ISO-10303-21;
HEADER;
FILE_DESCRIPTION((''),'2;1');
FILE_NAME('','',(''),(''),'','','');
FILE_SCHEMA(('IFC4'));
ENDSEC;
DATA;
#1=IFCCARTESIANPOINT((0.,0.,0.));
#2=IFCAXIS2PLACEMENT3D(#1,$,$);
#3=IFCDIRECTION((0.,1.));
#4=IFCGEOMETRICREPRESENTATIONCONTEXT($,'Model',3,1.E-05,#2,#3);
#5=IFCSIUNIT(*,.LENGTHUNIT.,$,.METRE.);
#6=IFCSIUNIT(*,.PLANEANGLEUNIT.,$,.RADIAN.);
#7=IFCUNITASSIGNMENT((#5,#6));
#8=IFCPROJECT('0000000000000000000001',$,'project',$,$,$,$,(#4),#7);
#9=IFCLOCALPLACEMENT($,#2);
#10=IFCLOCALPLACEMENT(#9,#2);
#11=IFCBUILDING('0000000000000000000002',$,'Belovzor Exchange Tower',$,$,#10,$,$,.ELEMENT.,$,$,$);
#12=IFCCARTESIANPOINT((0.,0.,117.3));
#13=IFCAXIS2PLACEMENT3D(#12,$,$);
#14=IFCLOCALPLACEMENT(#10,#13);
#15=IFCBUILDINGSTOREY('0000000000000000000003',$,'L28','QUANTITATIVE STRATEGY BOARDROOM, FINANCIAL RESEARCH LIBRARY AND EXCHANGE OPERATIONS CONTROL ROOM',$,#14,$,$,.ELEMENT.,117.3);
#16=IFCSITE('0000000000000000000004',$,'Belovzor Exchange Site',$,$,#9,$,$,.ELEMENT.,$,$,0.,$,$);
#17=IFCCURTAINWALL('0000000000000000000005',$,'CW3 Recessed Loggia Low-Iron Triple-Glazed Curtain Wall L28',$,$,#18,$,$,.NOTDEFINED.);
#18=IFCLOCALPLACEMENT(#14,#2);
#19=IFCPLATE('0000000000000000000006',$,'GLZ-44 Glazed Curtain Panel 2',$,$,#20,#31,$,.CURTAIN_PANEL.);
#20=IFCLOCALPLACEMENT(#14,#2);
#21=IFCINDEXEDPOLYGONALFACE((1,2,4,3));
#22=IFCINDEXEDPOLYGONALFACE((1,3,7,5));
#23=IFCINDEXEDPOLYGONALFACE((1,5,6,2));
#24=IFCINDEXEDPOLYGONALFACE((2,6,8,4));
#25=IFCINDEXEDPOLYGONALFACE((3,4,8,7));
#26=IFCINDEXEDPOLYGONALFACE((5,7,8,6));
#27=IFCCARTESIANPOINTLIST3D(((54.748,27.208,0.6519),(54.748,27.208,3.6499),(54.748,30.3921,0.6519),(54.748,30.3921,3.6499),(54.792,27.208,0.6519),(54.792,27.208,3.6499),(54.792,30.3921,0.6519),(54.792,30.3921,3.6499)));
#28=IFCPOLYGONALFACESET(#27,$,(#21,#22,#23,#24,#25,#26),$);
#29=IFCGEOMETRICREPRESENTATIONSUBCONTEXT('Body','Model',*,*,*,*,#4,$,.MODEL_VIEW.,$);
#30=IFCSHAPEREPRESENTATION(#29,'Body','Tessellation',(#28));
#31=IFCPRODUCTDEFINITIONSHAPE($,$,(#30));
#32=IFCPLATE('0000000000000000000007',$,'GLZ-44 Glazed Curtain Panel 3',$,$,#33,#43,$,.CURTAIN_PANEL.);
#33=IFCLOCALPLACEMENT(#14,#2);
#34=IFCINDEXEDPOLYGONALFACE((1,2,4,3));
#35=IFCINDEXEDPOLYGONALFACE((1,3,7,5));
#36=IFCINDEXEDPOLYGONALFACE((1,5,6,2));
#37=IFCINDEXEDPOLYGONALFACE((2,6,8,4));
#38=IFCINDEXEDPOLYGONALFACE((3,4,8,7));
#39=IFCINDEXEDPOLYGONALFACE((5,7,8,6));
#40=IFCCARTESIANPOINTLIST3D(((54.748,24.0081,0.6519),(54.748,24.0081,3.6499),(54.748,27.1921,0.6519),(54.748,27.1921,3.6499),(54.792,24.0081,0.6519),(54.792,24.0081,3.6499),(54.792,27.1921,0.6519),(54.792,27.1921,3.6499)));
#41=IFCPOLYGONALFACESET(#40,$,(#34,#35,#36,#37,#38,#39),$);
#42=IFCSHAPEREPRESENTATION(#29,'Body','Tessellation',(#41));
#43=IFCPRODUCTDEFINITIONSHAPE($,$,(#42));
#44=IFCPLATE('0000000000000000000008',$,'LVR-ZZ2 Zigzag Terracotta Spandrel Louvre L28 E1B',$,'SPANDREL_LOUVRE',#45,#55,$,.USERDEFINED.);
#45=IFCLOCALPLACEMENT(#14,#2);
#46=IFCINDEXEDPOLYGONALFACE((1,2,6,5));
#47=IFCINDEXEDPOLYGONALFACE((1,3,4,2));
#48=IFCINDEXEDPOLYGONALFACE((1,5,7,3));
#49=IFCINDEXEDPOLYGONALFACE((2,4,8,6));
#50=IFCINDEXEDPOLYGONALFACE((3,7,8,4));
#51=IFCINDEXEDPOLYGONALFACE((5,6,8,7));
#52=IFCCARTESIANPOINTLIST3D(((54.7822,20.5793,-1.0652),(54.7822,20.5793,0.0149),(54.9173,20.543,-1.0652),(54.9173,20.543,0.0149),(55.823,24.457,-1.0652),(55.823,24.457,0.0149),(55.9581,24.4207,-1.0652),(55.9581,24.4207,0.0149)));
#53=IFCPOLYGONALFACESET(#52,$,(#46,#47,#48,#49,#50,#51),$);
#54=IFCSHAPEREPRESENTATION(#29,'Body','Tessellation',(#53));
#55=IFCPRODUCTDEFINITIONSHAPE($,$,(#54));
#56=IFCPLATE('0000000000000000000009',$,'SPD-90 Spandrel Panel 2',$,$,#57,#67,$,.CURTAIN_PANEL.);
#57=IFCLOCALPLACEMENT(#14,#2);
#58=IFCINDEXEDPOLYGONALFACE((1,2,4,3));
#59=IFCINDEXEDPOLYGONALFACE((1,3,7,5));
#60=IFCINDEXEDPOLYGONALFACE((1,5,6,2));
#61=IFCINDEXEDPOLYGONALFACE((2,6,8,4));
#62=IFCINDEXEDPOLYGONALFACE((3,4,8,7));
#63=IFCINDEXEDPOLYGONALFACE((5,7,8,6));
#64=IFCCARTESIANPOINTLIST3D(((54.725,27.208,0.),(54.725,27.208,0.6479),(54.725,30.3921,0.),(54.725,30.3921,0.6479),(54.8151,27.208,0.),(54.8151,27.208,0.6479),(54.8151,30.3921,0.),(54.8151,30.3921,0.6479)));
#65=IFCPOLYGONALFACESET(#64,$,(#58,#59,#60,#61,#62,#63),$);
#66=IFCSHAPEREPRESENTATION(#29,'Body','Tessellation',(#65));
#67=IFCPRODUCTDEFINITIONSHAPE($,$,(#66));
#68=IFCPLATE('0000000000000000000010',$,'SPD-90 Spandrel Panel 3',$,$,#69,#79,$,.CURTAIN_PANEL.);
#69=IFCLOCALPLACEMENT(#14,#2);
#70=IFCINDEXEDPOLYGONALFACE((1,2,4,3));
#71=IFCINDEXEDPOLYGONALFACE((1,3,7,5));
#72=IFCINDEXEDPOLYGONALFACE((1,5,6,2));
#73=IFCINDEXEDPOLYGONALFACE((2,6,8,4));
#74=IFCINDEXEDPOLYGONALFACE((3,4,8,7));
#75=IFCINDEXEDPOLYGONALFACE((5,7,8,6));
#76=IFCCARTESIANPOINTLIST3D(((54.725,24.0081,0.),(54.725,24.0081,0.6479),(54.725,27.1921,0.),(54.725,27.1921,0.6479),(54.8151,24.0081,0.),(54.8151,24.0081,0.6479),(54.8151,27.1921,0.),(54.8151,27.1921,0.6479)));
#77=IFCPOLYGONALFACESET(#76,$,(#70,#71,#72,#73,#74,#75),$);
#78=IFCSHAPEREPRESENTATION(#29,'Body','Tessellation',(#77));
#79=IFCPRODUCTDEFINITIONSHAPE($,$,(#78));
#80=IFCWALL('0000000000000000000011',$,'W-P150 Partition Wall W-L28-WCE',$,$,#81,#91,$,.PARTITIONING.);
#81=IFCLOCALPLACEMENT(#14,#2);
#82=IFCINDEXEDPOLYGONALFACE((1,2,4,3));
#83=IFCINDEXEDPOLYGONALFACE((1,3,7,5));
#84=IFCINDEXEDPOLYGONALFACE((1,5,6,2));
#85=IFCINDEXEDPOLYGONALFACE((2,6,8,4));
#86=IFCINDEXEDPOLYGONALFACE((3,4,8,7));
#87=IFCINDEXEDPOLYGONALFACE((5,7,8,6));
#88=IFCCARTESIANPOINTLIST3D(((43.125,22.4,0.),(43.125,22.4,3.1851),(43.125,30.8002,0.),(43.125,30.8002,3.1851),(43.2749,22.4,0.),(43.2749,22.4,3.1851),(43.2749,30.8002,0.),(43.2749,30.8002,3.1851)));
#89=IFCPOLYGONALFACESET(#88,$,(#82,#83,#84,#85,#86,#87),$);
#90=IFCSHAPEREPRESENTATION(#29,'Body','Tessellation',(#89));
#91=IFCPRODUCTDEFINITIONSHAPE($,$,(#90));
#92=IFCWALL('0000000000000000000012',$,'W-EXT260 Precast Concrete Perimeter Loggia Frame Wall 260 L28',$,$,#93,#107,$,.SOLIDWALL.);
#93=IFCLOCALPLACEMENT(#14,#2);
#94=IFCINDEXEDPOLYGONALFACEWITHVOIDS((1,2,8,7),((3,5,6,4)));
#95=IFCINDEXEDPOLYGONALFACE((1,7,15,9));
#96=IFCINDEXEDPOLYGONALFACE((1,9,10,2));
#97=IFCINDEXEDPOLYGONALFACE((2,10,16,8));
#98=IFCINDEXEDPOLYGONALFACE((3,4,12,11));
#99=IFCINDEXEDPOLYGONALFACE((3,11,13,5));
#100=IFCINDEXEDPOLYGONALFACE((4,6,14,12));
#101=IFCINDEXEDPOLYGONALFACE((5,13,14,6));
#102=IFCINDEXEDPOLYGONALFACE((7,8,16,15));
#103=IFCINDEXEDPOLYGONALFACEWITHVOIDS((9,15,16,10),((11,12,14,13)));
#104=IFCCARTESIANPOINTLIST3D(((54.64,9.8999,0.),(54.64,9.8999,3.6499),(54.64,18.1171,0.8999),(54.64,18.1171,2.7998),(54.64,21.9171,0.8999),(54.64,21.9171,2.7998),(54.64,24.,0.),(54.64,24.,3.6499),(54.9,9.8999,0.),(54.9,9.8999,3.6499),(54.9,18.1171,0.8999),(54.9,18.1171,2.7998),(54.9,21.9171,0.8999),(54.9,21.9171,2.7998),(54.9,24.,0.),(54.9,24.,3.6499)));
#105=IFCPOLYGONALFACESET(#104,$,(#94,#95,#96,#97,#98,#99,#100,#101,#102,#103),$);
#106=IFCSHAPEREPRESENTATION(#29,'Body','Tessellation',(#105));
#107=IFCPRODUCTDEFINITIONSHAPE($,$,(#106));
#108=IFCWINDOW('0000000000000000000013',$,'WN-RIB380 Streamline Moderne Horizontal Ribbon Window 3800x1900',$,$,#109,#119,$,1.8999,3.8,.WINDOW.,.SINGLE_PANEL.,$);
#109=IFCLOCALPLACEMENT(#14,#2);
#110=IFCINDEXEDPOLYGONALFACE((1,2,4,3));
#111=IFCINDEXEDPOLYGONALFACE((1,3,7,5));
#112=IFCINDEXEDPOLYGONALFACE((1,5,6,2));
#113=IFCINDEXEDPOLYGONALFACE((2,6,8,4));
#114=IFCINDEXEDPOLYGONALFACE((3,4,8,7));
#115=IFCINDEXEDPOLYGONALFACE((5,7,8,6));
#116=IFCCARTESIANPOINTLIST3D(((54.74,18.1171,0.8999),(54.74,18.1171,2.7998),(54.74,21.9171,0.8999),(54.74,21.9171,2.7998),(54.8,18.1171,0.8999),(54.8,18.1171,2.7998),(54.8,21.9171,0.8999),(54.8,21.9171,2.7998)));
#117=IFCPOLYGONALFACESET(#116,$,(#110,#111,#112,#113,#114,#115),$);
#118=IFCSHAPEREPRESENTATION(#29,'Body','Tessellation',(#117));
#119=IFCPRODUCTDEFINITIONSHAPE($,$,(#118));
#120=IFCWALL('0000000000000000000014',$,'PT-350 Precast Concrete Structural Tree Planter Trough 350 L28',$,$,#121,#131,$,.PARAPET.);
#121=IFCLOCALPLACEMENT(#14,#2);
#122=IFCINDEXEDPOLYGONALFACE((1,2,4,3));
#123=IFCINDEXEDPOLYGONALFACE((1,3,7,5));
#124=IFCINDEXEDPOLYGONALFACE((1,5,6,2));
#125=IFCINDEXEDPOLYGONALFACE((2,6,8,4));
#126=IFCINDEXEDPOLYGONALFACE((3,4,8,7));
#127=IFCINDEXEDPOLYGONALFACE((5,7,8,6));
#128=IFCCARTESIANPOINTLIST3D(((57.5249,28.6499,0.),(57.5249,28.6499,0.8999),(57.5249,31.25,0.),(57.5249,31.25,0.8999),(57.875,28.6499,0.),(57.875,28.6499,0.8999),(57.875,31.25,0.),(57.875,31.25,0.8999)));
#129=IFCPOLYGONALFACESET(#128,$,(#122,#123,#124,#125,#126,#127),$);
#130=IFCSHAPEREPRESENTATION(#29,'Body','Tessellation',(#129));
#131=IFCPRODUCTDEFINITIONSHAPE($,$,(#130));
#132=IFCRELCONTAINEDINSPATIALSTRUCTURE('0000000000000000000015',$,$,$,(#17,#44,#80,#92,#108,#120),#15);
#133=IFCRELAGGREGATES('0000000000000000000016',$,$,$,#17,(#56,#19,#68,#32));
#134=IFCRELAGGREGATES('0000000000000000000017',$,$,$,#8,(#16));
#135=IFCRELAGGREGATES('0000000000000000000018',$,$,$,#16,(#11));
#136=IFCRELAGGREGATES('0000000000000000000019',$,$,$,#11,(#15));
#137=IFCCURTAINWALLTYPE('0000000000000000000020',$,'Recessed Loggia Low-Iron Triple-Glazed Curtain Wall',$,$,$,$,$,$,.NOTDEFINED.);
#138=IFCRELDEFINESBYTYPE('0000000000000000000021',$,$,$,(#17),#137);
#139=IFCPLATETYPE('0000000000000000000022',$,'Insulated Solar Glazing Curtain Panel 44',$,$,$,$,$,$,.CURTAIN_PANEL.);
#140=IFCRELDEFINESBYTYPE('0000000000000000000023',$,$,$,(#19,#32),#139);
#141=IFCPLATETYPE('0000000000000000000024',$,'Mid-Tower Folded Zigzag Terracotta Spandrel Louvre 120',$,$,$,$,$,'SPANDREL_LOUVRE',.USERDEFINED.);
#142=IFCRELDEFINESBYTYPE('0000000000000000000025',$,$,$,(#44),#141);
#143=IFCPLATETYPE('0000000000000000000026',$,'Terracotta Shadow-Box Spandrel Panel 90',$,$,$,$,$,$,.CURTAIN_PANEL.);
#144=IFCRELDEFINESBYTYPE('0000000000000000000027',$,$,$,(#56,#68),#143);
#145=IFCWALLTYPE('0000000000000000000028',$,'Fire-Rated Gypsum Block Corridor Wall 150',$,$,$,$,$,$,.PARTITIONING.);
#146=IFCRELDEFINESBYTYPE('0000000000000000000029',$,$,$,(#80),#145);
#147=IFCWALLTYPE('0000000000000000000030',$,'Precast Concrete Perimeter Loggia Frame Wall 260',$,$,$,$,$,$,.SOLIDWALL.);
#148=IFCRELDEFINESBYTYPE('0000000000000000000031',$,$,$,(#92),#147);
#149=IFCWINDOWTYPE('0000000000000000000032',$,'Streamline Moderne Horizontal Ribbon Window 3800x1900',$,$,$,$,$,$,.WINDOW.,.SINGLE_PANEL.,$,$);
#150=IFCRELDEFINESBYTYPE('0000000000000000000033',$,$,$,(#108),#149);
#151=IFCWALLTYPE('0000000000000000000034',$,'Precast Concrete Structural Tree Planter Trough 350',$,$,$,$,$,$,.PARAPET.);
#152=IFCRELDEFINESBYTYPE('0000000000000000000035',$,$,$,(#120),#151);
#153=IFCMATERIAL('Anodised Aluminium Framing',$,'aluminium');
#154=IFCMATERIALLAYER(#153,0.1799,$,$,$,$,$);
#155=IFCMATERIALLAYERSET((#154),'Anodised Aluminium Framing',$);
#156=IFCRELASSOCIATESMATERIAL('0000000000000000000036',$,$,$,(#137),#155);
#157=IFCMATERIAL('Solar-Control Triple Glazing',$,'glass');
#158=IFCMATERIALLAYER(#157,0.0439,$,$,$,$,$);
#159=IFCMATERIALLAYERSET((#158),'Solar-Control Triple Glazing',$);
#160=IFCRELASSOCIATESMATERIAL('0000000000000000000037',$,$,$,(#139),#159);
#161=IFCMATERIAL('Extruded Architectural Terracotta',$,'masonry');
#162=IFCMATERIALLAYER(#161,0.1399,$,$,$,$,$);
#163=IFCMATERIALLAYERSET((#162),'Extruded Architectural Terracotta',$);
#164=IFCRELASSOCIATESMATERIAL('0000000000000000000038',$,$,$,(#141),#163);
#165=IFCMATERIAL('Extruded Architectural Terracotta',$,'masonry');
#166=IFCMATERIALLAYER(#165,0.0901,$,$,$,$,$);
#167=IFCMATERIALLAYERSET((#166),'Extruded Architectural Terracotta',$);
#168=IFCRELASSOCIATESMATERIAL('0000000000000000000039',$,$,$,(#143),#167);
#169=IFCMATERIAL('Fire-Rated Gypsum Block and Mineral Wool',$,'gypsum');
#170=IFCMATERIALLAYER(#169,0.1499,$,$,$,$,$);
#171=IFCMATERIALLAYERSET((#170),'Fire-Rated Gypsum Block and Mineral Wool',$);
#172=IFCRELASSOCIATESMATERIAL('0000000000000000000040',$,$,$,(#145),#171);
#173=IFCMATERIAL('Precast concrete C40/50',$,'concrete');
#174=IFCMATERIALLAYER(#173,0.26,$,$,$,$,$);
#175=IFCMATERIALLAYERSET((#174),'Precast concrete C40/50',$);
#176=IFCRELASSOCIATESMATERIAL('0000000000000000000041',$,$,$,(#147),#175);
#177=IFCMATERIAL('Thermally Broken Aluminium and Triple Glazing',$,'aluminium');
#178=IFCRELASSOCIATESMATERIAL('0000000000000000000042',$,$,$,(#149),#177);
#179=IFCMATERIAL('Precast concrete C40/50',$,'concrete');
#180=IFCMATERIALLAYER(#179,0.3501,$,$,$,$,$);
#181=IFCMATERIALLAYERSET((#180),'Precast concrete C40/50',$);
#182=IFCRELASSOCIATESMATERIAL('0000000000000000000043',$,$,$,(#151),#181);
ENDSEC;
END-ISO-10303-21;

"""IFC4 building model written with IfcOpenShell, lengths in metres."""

from ifc_helpers import new_model, si_unit, direction, frame, frame_2d, origin, origin_2d, place, context, subcontext, project, spatial, rectangle, extrude, material, layer, layer_set, type_object, element, fill, aggregate, save


model = new_model("IFC4")

# Units and contexts
model_context = context("Model", 3, precision=1e-05, world=origin(), true_north=direction((0.0, 1.0)))
body_context = subcontext(model_context, "Body", "Model", "MODEL_VIEW")
ifc_project = project(units=[si_unit("LENGTHUNIT", "METRE"), si_unit("PLANEANGLEUNIT", "RADIAN")], contexts=[model_context])

# Site, building, storey
site_placement = place(None, origin())
site = spatial("IfcSite", under=ifc_project, at=site_placement, Name="Belovzor Exchange Site", CompositionType="ELEMENT", RefElevation=0.0)
building_placement = place(site_placement, origin())
building = spatial("IfcBuilding", under=site, at=building_placement, Name="Belovzor Exchange Tower", CompositionType="ELEMENT")
storey_placement = place(building_placement, frame((0.0, 0.0, 117.3)))
storey = spatial("IfcBuildingStorey", under=building, at=storey_placement, Name="L28", Description="QUANTITATIVE STRATEGY BOARDROOM, FINANCIAL RESEARCH LIBRARY AND EXCHANGE OPERATIONS CONTROL ROOM", CompositionType="ELEMENT", Elevation=117.3)

# Curtain wall, plates
ifc_material_1 = material(Name="Anodised Aluminium Framing", Category="aluminium")
ifc_layer_1 = layer(ifc_material_1, 0.1799)
ifc_layer_set_1 = layer_set([ifc_layer_1], Name="Anodised Aluminium Framing")
curtain_wall_type = type_object("IfcCurtainWallType", Name="Recessed Loggia Low-Iron Triple-Glazed Curtain Wall", PredefinedType="NOTDEFINED", material=ifc_layer_set_1)
curtain_wall_placement = place(storey_placement, origin())
curtain_wall = element("IfcCurtainWall", 1, at=curtain_wall_placement, inside=storey, type_object=curtain_wall_type, Name="CW3 Recessed Loggia Low-Iron Triple-Glazed Curtain Wall L28", PredefinedType="NOTDEFINED")
ifc_material_2 = material(Name="Solar-Control Triple Glazing", Category="glass")
ifc_layer_2 = layer(ifc_material_2, 0.0439)
ifc_layer_set_2 = layer_set([ifc_layer_2], Name="Solar-Control Triple Glazing")
plate_type_1 = type_object("IfcPlateType", Name="Insulated Solar Glazing Curtain Panel 44", PredefinedType="CURTAIN_PANEL", material=ifc_layer_set_2)
plate_1_placement = place(storey_placement, frame((54.77, 28.8, 0.6519), z_axis=(0.0, 0.0, 1.0), x_axis=(0.0, -1.0, 0.0)))
plate_1 = element("IfcPlate", 2, at=plate_1_placement, type_object=plate_type_1, Name="GLZ-44 Glazed Curtain Panel 2", PredefinedType="CURTAIN_PANEL", context=body_context, shape_type="SweptSolid", body=[
    extrude(rectangle(XDim=3.1841, YDim=0.0439, at=origin_2d()), origin(), (0.0, 0.0, 1.0), 2.998),
])
plate_2_placement = place(storey_placement, frame((54.77, 25.6001, 0.6519), z_axis=(0.0, 0.0, 1.0), x_axis=(0.0, -1.0, 0.0)))
plate_2 = element("IfcPlate", 3, at=plate_2_placement, type_object=plate_type_1, Name="GLZ-44 Glazed Curtain Panel 3", PredefinedType="CURTAIN_PANEL", context=body_context, shape_type="SweptSolid", body=[
    extrude(rectangle(XDim=3.1841, YDim=0.0439, at=origin_2d()), origin(), (0.0, 0.0, 1.0), 2.998),
])

# Plates
ifc_material_3 = material(Name="Extruded Architectural Terracotta", Category="masonry")
ifc_layer_3 = layer(ifc_material_3, 0.1399)
ifc_layer_set_3 = layer_set([ifc_layer_3], Name="Extruded Architectural Terracotta")
plate_type_2 = type_object("IfcPlateType", Name="Mid-Tower Folded Zigzag Terracotta Spandrel Louvre 120", ElementType="SPANDREL_LOUVRE", PredefinedType="USERDEFINED", material=ifc_layer_set_3)
plate_3_placement = place(storey_placement, frame((55.3701, 22.5, -1.0652), z_axis=(0.0, 0.0, 1.0), x_axis=(0.25924, 0.965813, 0.0)))
element("IfcPlate", 4, at=plate_3_placement, inside=storey, type_object=plate_type_2, Name="LVR-ZZ2 Zigzag Terracotta Spandrel Louvre L28 E1B", ObjectType="SPANDREL_LOUVRE", PredefinedType="USERDEFINED", context=body_context, shape_type="SweptSolid", body=[
    extrude(rectangle(XDim=4.0149, YDim=0.1399, at=origin_2d()), origin(), (0.0, 0.0, 1.0), 1.0801),
])
ifc_material_4 = material(Name="Extruded Architectural Terracotta", Category="masonry")
ifc_layer_4 = layer(ifc_material_4, 0.0901)
ifc_layer_set_4 = layer_set([ifc_layer_4], Name="Extruded Architectural Terracotta")
plate_type_3 = type_object("IfcPlateType", Name="Terracotta Shadow-Box Spandrel Panel 90", PredefinedType="CURTAIN_PANEL", material=ifc_layer_set_4)
plate_4_placement = place(storey_placement, frame((54.77, 28.8, 0.0), z_axis=(0.0, 0.0, 1.0), x_axis=(0.0, -1.0, 0.0)))
plate_4 = element("IfcPlate", 5, at=plate_4_placement, type_object=plate_type_3, Name="SPD-90 Spandrel Panel 2", PredefinedType="CURTAIN_PANEL", context=body_context, shape_type="SweptSolid", body=[
    extrude(rectangle(XDim=3.1841, YDim=0.0901, at=origin_2d()), origin(), (0.0, 0.0, 1.0), 0.6479),
])
plate_5_placement = place(storey_placement, frame((54.77, 25.6001, 0.0), z_axis=(0.0, 0.0, 1.0), x_axis=(0.0, -1.0, 0.0)))
plate_5 = element("IfcPlate", 6, at=plate_5_placement, type_object=plate_type_3, Name="SPD-90 Spandrel Panel 3", PredefinedType="CURTAIN_PANEL", context=body_context, shape_type="SweptSolid", body=[
    extrude(rectangle(XDim=3.1841, YDim=0.0901, at=origin_2d()), origin(), (0.0, 0.0, 1.0), 0.6479),
])
aggregate(curtain_wall, [plate_4, plate_1, plate_5, plate_2])

# Wall
ifc_material_5 = material(Name="Fire-Rated Gypsum Block and Mineral Wool", Category="gypsum")
ifc_layer_5 = layer(ifc_material_5, 0.1499)
ifc_layer_set_5 = layer_set([ifc_layer_5], Name="Fire-Rated Gypsum Block and Mineral Wool")
wall_type_1 = type_object("IfcWallType", Name="Fire-Rated Gypsum Block Corridor Wall 150", PredefinedType="PARTITIONING", material=ifc_layer_set_5)
wall_1_placement = place(storey_placement, frame((43.2, 22.3999, 0.0), z_axis=(0.0, 0.0, 1.0), x_axis=(0.0, 1.0, 0.0)))
element("IfcWall", 7, at=wall_1_placement, inside=storey, type_object=wall_type_1, Name="W-P150 Partition Wall W-L28-WCE", PredefinedType="PARTITIONING", context=body_context, shape_type="SweptSolid", body=[
    extrude(rectangle(XDim=8.4001, YDim=0.1499, at=frame_2d((4.2002, 0.0))), origin(), (0.0, 0.0, 1.0), 3.1851),
])

# Wall, opening, window
ifc_material_6 = material(Name="Precast concrete C40/50", Category="concrete")
ifc_layer_6 = layer(ifc_material_6, 0.26)
ifc_layer_set_6 = layer_set([ifc_layer_6], Name="Precast concrete C40/50")
wall_type_2 = type_object("IfcWallType", Name="Precast Concrete Perimeter Loggia Frame Wall 260", PredefinedType="SOLIDWALL", material=ifc_layer_set_6)
wall_2_placement = place(storey_placement, frame((54.77, 24.0, 0.0), z_axis=(0.0, 0.0, 1.0), x_axis=(0.0, -1.0, 0.0)))
wall_2 = element("IfcWall", 8, at=wall_2_placement, inside=storey, type_object=wall_type_2, Name="W-EXT260 Precast Concrete Perimeter Loggia Frame Wall 260 L28", PredefinedType="SOLIDWALL", context=body_context, shape_type="SweptSolid", body=[
    extrude(rectangle(XDim=14.1001, YDim=0.26, at=frame_2d((7.05, 0.0))), origin(), (0.0, 0.0, 1.0), 3.6499),
])
opening_placement = place(wall_2_placement, frame((2.083, 0.0, 0.8999)))
opening = element("IfcOpeningElement", 9, at=opening_placement, cuts=wall_2, PredefinedType="OPENING", context=body_context, shape_type="SweptSolid", body=[
    extrude(rectangle(XDim=3.8, YDim=1.8999, at=frame_2d((1.8999, 0.95))), frame((0.0, 0.1399, 0.0), z_axis=(0.0, -1.0, 0.0), x_axis=(1.0, 0.0, 0.0)), (0.0, 0.0, 1.0), 0.28),
])
ifc_material_7 = material(Name="Thermally Broken Aluminium and Triple Glazing", Category="aluminium")
window_type = type_object("IfcWindowType", Name="Streamline Moderne Horizontal Ribbon Window 3800x1900", PartitioningType="SINGLE_PANEL", PredefinedType="WINDOW", material=ifc_material_7)
window_placement = place(opening_placement, origin())
window = element("IfcWindow", 10, at=window_placement, inside=storey, type_object=window_type, Name="WN-RIB380 Streamline Moderne Horizontal Ribbon Window 3800x1900", OverallHeight=1.8999, OverallWidth=3.8, PartitioningType="SINGLE_PANEL", PredefinedType="WINDOW", context=body_context, shape_type="SweptSolid", body=[
    extrude(rectangle(XDim=3.8, YDim=1.8999, at=frame_2d((1.8999, 0.95))), frame((0.0, 0.03, 0.0), z_axis=(0.0, -1.0, 0.0), x_axis=(1.0, 0.0, 0.0)), (0.0, 0.0, 1.0), 0.0601),
])
fill(opening, window)

# Wall
ifc_material_8 = material(Name="Precast concrete C40/50", Category="concrete")
ifc_layer_7 = layer(ifc_material_8, 0.3501)
ifc_layer_set_7 = layer_set([ifc_layer_7], Name="Precast concrete C40/50")
wall_type_3 = type_object("IfcWallType", Name="Precast Concrete Structural Tree Planter Trough 350", PredefinedType="PARAPET", material=ifc_layer_set_7)
wall_3_placement = place(storey_placement, frame((57.7, 28.6499, 0.0), z_axis=(0.0, 0.0, 1.0), x_axis=(0.0, 1.0, 0.0)))
element("IfcWall", 11, at=wall_3_placement, inside=storey, type_object=wall_type_3, Name="PT-350 Precast Concrete Structural Tree Planter Trough 350 L28", PredefinedType="PARAPET", context=body_context, shape_type="SweptSolid", body=[
    extrude(rectangle(XDim=2.6001, YDim=0.3501, at=frame_2d((1.3, 0.0))), origin(), (0.0, 0.0, 1.0), 0.8999),
])

save(model, "model.ifc")
